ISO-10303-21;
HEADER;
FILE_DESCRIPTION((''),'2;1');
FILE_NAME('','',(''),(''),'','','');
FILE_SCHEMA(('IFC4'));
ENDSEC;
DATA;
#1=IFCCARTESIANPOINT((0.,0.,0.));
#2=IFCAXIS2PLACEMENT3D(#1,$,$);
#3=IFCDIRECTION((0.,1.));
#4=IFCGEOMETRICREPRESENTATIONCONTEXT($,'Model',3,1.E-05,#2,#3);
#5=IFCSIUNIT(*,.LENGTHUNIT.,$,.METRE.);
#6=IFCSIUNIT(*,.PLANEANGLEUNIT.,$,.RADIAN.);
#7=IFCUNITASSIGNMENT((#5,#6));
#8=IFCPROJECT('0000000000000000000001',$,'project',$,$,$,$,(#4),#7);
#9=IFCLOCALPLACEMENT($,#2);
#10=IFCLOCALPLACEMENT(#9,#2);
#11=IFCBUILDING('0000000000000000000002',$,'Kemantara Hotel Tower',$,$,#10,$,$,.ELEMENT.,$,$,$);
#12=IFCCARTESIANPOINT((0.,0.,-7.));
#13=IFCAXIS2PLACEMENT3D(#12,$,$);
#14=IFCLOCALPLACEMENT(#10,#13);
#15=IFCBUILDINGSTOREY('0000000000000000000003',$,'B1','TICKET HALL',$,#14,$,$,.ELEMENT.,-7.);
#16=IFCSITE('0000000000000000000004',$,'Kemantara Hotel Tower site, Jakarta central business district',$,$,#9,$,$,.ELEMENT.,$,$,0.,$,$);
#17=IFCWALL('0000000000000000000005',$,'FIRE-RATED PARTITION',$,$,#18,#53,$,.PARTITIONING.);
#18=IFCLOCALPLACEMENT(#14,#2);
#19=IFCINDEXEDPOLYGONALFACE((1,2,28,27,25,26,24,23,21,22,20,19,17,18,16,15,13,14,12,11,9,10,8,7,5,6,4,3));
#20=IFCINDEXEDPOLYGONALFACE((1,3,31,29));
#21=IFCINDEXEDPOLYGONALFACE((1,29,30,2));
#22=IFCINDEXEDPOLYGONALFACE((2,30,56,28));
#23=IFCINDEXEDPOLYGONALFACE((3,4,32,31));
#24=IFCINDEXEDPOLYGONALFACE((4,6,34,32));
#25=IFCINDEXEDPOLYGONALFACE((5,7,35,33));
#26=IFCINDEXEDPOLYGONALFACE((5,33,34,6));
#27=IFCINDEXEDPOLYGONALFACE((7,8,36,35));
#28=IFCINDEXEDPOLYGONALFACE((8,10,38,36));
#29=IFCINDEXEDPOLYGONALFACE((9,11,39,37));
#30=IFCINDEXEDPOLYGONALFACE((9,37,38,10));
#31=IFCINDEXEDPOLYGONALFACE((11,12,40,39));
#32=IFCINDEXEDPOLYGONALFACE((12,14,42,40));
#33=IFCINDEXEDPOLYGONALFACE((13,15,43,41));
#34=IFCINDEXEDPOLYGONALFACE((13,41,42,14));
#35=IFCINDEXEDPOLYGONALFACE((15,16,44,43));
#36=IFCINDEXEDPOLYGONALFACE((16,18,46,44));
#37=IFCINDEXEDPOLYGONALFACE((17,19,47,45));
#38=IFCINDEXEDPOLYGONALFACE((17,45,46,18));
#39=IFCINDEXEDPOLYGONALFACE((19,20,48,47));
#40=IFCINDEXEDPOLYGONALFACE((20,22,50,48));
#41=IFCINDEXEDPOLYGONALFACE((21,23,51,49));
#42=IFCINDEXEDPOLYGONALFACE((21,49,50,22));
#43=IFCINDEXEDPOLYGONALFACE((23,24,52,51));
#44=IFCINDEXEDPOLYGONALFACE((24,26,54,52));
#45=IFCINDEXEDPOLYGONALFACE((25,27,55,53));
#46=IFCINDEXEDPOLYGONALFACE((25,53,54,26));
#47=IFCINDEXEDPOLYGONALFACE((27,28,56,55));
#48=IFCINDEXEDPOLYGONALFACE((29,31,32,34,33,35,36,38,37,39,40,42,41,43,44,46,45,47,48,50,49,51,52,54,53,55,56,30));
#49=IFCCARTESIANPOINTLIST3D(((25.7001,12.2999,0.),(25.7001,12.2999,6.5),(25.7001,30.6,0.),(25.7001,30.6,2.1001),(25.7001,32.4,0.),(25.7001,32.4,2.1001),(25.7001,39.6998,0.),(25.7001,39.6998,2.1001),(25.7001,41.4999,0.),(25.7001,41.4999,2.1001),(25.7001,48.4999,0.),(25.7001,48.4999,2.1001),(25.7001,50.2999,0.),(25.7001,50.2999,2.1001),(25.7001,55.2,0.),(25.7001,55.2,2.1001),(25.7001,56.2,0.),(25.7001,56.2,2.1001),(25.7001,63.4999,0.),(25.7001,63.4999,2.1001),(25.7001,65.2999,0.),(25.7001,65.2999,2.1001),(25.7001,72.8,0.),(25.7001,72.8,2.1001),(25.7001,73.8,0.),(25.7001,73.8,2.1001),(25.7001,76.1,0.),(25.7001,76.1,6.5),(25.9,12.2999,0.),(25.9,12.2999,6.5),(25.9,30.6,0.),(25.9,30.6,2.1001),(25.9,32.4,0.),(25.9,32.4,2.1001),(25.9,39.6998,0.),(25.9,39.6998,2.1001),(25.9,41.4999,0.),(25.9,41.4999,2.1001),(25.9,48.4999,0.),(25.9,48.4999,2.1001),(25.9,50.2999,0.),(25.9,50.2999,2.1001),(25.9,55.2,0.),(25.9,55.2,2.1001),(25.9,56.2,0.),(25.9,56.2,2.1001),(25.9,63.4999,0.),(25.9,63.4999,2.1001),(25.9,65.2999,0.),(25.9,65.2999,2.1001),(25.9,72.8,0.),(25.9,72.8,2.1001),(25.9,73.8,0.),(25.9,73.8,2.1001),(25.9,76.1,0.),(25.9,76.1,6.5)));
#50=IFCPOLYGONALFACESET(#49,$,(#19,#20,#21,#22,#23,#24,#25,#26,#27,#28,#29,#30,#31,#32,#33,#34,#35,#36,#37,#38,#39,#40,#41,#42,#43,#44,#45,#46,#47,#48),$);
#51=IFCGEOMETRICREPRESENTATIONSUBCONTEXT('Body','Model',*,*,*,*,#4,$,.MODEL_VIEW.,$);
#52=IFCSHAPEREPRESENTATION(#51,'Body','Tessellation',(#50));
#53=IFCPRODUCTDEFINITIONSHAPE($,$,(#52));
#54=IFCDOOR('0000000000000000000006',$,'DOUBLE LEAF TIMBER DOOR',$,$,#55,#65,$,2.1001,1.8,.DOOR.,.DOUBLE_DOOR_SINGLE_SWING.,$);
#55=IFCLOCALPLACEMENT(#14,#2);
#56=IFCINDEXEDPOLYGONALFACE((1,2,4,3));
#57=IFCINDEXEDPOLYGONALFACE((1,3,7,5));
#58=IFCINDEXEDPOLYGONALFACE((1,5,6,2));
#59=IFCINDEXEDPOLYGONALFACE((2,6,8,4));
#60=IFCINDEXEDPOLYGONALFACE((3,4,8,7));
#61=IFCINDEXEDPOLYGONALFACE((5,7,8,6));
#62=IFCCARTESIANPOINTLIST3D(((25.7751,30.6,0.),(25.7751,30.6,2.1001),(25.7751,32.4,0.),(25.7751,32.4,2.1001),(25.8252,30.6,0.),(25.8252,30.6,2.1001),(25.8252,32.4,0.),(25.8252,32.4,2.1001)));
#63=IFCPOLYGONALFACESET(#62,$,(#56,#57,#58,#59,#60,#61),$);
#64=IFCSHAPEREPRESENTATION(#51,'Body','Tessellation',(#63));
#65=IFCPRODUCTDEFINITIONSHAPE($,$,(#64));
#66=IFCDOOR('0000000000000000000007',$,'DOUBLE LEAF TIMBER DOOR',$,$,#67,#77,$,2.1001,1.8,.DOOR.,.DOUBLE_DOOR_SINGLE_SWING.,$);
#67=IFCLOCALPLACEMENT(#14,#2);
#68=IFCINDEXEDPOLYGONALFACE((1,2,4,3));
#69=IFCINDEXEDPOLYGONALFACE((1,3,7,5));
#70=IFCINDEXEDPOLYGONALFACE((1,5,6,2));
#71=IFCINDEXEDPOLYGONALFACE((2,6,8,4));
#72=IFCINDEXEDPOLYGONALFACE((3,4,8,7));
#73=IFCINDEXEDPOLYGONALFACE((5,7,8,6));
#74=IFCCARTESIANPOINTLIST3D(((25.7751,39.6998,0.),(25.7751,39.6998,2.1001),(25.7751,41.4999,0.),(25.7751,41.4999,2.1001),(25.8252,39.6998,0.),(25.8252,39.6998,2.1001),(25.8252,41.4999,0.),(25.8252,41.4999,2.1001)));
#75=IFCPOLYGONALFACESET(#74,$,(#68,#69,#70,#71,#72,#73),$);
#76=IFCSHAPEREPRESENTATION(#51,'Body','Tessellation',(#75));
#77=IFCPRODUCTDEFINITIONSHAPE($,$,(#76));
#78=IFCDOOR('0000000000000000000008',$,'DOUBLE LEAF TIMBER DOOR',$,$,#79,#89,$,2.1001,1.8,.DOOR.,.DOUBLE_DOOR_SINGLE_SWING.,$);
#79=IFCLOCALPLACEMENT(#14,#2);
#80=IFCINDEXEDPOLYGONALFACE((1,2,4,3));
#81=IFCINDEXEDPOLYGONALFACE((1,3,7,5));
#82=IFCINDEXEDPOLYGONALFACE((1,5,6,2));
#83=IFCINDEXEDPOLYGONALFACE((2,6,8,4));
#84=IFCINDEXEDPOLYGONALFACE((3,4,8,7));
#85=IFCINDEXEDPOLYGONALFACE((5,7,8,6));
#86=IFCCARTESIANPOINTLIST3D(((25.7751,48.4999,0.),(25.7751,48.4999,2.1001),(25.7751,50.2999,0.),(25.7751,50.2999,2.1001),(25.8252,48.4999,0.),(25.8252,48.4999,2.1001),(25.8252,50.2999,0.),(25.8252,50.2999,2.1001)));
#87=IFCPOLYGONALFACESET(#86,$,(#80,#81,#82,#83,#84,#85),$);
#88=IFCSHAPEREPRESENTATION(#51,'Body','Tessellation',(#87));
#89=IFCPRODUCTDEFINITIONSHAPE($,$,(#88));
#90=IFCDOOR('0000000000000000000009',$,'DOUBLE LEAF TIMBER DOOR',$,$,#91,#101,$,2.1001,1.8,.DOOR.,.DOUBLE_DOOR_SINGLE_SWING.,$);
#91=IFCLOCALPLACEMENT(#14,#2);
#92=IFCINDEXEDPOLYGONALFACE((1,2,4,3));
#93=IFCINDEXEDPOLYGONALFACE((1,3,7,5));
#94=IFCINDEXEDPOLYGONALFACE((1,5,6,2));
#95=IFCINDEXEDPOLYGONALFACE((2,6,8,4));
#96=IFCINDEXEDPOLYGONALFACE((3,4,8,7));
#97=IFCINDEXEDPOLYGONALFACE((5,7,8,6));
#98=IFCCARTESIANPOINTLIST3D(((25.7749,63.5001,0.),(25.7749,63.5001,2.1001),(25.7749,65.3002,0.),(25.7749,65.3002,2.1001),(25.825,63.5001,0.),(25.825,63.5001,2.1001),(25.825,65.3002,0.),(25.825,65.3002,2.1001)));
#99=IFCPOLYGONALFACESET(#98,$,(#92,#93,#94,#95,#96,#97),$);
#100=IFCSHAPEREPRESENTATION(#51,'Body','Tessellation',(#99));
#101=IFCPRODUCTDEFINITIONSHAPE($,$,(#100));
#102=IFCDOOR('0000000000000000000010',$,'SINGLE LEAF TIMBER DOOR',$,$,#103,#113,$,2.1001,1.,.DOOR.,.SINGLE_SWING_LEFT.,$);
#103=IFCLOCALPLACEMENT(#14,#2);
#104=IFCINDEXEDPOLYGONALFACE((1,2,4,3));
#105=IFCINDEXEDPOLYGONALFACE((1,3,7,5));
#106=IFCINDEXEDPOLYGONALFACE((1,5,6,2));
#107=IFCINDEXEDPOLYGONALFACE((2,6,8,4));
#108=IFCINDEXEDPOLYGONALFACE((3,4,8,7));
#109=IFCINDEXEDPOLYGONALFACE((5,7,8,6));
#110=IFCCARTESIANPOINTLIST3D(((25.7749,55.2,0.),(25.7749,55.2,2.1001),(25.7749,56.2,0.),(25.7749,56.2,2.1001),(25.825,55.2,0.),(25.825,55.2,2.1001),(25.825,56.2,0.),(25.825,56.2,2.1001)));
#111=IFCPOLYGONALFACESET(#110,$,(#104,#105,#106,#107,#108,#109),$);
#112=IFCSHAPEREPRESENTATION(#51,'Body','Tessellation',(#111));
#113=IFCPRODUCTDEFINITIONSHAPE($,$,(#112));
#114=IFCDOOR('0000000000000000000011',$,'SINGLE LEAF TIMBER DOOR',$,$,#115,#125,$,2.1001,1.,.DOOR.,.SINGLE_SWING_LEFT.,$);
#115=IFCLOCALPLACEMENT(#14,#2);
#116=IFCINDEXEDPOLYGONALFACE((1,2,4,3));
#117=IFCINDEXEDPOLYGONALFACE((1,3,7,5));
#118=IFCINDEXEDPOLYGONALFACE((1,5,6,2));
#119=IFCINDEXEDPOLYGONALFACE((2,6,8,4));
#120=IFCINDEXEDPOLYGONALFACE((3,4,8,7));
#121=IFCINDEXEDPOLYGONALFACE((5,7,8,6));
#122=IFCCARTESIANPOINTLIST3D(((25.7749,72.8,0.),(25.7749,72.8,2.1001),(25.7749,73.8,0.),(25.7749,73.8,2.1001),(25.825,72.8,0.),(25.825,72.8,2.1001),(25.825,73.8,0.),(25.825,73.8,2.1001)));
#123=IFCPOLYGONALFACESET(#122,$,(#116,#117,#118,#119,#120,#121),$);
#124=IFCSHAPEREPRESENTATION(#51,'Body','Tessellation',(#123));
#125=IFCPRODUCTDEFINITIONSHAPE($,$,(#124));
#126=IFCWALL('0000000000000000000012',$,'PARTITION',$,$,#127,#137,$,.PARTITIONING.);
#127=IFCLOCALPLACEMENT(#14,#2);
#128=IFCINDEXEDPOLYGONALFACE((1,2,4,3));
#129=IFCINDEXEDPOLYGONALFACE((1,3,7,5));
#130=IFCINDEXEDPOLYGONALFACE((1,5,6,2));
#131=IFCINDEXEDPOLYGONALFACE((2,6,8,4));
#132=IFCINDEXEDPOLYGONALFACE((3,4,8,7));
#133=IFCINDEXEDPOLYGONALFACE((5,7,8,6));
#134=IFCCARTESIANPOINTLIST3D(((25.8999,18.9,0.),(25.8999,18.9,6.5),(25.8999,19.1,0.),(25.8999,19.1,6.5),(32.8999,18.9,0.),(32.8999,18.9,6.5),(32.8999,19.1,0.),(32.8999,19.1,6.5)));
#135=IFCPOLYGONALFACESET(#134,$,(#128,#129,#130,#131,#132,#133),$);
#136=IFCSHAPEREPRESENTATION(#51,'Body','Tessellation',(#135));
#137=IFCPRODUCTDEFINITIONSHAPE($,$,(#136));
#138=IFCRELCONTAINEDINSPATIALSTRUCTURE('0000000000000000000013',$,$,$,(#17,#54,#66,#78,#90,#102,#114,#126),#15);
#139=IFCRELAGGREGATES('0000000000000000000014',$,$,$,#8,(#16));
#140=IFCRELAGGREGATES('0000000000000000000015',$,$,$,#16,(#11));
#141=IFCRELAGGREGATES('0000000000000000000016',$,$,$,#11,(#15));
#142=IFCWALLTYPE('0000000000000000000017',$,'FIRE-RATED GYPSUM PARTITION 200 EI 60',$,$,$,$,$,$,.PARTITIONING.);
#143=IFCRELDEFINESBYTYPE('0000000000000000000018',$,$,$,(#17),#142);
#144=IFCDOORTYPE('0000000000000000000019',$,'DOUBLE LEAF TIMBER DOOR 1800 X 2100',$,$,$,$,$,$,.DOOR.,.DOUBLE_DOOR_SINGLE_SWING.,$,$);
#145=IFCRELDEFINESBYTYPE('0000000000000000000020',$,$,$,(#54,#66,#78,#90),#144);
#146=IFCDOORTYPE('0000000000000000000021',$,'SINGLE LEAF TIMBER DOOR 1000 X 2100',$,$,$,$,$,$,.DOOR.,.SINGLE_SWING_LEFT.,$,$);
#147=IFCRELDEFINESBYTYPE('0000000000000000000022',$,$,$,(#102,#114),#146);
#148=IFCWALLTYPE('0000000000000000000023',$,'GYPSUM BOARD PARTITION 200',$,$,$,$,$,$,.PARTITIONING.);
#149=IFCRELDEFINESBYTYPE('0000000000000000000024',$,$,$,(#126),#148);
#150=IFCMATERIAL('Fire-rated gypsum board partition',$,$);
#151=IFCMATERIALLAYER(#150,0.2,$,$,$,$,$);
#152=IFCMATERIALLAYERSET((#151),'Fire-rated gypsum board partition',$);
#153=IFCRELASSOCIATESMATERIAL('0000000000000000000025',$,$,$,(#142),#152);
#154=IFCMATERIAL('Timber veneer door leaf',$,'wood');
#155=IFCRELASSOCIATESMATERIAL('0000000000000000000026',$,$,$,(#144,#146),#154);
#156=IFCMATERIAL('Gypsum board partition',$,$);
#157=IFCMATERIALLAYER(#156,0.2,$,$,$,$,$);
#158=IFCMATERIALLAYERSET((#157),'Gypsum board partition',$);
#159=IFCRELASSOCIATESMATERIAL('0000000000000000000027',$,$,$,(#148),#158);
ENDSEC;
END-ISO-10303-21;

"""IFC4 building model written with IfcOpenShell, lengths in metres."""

from ifc_helpers import new_model, si_unit, direction, frame, frame_2d, origin, place, context, subcontext, project, spatial, rectangle, extrude, material, layer, layer_set, type_object, element, fill, save


model = new_model("IFC4")

# Units and contexts
model_context = context("Model", 3, precision=1e-05, world=origin(), true_north=direction((0.0, 1.0)))
body_context = subcontext(model_context, "Body", "Model", "MODEL_VIEW")
ifc_project = project(units=[si_unit("LENGTHUNIT", "METRE"), si_unit("PLANEANGLEUNIT", "RADIAN")], contexts=[model_context])

# Site, building, storey
site_placement = place(None, origin())
site = spatial("IfcSite", under=ifc_project, at=site_placement, Name="Kemantara Hotel Tower site, Jakarta central business district", CompositionType="ELEMENT", RefElevation=0.0)
building_placement = place(site_placement, origin())
building = spatial("IfcBuilding", under=site, at=building_placement, Name="Kemantara Hotel Tower", CompositionType="ELEMENT")
storey_placement = place(building_placement, frame((0.0, 0.0, -7.0)))
storey = spatial("IfcBuildingStorey", under=building, at=storey_placement, Name="B1", Description="TICKET HALL", CompositionType="ELEMENT", Elevation=-7.0)

# Shared definitions
ifc_material_1 = material(Name="Fire-rated gypsum board partition")
ifc_layer_1 = layer(ifc_material_1, 0.2)
ifc_layer_set_1 = layer_set([ifc_layer_1], Name="Fire-rated gypsum board partition")
wall_type_1 = type_object("IfcWallType", Name="FIRE-RATED GYPSUM PARTITION 200 EI 60", PredefinedType="PARTITIONING", material=ifc_layer_set_1)

# Wall, openings, doors
wall_1_placement = place(storey_placement, frame((25.8, 12.3, 0.0), z_axis=(0.0, 0.0, 1.0), x_axis=(0.0, 1.0, 0.0)))
wall_1 = element("IfcWall", 1, at=wall_1_placement, inside=storey, type_object=wall_type_1, Name="FIRE-RATED PARTITION", PredefinedType="PARTITIONING", context=body_context, shape_type="SweptSolid", body=[
    extrude(rectangle(XDim=63.8, YDim=0.2, at=frame_2d((31.8999, 0.0))), origin(), (0.0, 0.0, 1.0), 6.5),
])
opening_1_placement = place(wall_1_placement, frame((18.3, 0.0, 0.0)))
opening_1 = element("IfcOpeningElement", 2, at=opening_1_placement, cuts=wall_1, PredefinedType="OPENING", context=body_context, shape_type="SweptSolid", body=[
    extrude(rectangle(XDim=1.8, YDim=2.1001, at=frame_2d((0.8999, 1.05))), frame((0.0, 0.1099, 0.0), z_axis=(0.0, -1.0, 0.0), x_axis=(1.0, 0.0, 0.0)), (0.0, 0.0, 1.0), 0.22),
])
opening_2_placement = place(wall_1_placement, frame((27.3999, 0.0, 0.0)))
opening_2 = element("IfcOpeningElement", 3, at=opening_2_placement, cuts=wall_1, PredefinedType="OPENING", context=body_context, shape_type="SweptSolid", body=[
    extrude(rectangle(XDim=1.8, YDim=2.1001, at=frame_2d((0.8999, 1.05))), frame((0.0, 0.1099, 0.0), z_axis=(0.0, -1.0, 0.0), x_axis=(1.0, 0.0, 0.0)), (0.0, 0.0, 1.0), 0.22),
])
opening_3_placement = place(wall_1_placement, frame((36.2, 0.0, 0.0)))
opening_3 = element("IfcOpeningElement", 4, at=opening_3_placement, cuts=wall_1, PredefinedType="OPENING", context=body_context, shape_type="SweptSolid", body=[
    extrude(rectangle(XDim=1.8, YDim=2.1001, at=frame_2d((0.8999, 1.05))), frame((0.0, 0.1099, 0.0), z_axis=(0.0, -1.0, 0.0), x_axis=(1.0, 0.0, 0.0)), (0.0, 0.0, 1.0), 0.22),
])
opening_4_placement = place(wall_1_placement, frame((42.8999, 0.0, 0.0)))
opening_4 = element("IfcOpeningElement", 5, at=opening_4_placement, cuts=wall_1, PredefinedType="OPENING", context=body_context, shape_type="SweptSolid", body=[
    extrude(rectangle(XDim=1.0, YDim=2.1001, at=frame_2d((0.5, 1.05))), frame((0.0, 0.1099, 0.0), z_axis=(0.0, -1.0, 0.0), x_axis=(1.0, 0.0, 0.0)), (0.0, 0.0, 1.0), 0.22),
])
opening_5_placement = place(wall_1_placement, frame((51.2, 0.0, 0.0)))
opening_5 = element("IfcOpeningElement", 6, at=opening_5_placement, cuts=wall_1, PredefinedType="OPENING", context=body_context, shape_type="SweptSolid", body=[
    extrude(rectangle(XDim=1.8, YDim=2.1001, at=frame_2d((0.8999, 1.05))), frame((0.0, 0.1099, 0.0), z_axis=(0.0, -1.0, 0.0), x_axis=(1.0, 0.0, 0.0)), (0.0, 0.0, 1.0), 0.22),
])
opening_6_placement = place(wall_1_placement, frame((60.5, 0.0, 0.0)))
opening_6 = element("IfcOpeningElement", 7, at=opening_6_placement, cuts=wall_1, PredefinedType="OPENING", context=body_context, shape_type="SweptSolid", body=[
    extrude(rectangle(XDim=1.0, YDim=2.1001, at=frame_2d((0.5, 1.05))), frame((0.0, 0.1099, 0.0), z_axis=(0.0, -1.0, 0.0), x_axis=(1.0, 0.0, 0.0)), (0.0, 0.0, 1.0), 0.22),
])
ifc_material_2 = material(Name="Timber veneer door leaf", Category="wood")
door_type_1 = type_object("IfcDoorType", Name="DOUBLE LEAF TIMBER DOOR 1800 X 2100", OperationType="DOUBLE_DOOR_SINGLE_SWING", PredefinedType="DOOR", material=ifc_material_2)
door_1_placement = place(opening_1_placement, origin())
door_1 = element("IfcDoor", 8, at=door_1_placement, inside=storey, type_object=door_type_1, Name="DOUBLE LEAF TIMBER DOOR", OperationType="DOUBLE_DOOR_SINGLE_SWING", OverallHeight=2.1001, OverallWidth=1.8, PredefinedType="DOOR", context=body_context, shape_type="SweptSolid", body=[
    extrude(rectangle(XDim=1.8, YDim=2.1001, at=frame_2d((0.8999, 1.05))), frame((0.0, 0.0249, 0.0), z_axis=(0.0, -1.0, 0.0), x_axis=(1.0, 0.0, 0.0)), (0.0, 0.0, 1.0), 0.05),
])
fill(opening_1, door_1)
door_2_placement = place(opening_2_placement, origin())
door_2 = element("IfcDoor", 9, at=door_2_placement, inside=storey, type_object=door_type_1, Name="DOUBLE LEAF TIMBER DOOR", OperationType="DOUBLE_DOOR_SINGLE_SWING", OverallHeight=2.1001, OverallWidth=1.8, PredefinedType="DOOR", context=body_context, shape_type="SweptSolid", body=[
    extrude(rectangle(XDim=1.8, YDim=2.1001, at=frame_2d((0.8999, 1.05))), frame((0.0, 0.0249, 0.0), z_axis=(0.0, -1.0, 0.0), x_axis=(1.0, 0.0, 0.0)), (0.0, 0.0, 1.0), 0.05),
])
fill(opening_2, door_2)
door_3_placement = place(opening_3_placement, origin())
door_3 = element("IfcDoor", 10, at=door_3_placement, inside=storey, type_object=door_type_1, Name="DOUBLE LEAF TIMBER DOOR", OperationType="DOUBLE_DOOR_SINGLE_SWING", OverallHeight=2.1001, OverallWidth=1.8, PredefinedType="DOOR", context=body_context, shape_type="SweptSolid", body=[
    extrude(rectangle(XDim=1.8, YDim=2.1001, at=frame_2d((0.8999, 1.05))), frame((0.0, 0.0249, 0.0), z_axis=(0.0, -1.0, 0.0), x_axis=(1.0, 0.0, 0.0)), (0.0, 0.0, 1.0), 0.05),
])
fill(opening_3, door_3)
door_4_placement = place(opening_5_placement, frame((1.8, 0.0, 0.0), z_axis=(0.0, 0.0, 1.0), x_axis=(-1.0, 0.0, 0.0)))
door_4 = element("IfcDoor", 11, at=door_4_placement, inside=storey, type_object=door_type_1, Name="DOUBLE LEAF TIMBER DOOR", OperationType="DOUBLE_DOOR_SINGLE_SWING", OverallHeight=2.1001, OverallWidth=1.8, PredefinedType="DOOR", context=body_context, shape_type="SweptSolid", body=[
    extrude(rectangle(XDim=1.8, YDim=2.1001, at=frame_2d((0.8999, 1.05))), frame((0.0, 0.0249, 0.0), z_axis=(0.0, -1.0, 0.0), x_axis=(1.0, 0.0, 0.0)), (0.0, 0.0, 1.0), 0.05),
])
fill(opening_5, door_4)
door_type_2 = type_object("IfcDoorType", Name="SINGLE LEAF TIMBER DOOR 1000 X 2100", OperationType="SINGLE_SWING_LEFT", PredefinedType="DOOR", material=ifc_material_2)
door_5_placement = place(opening_4_placement, frame((1.0, 0.0, 0.0), z_axis=(0.0, 0.0, 1.0), x_axis=(-1.0, 0.0, 0.0)))
door_5 = element("IfcDoor", 12, at=door_5_placement, inside=storey, type_object=door_type_2, Name="SINGLE LEAF TIMBER DOOR", OperationType="SINGLE_SWING_LEFT", OverallHeight=2.1001, OverallWidth=1.0, PredefinedType="DOOR", context=body_context, shape_type="SweptSolid", body=[
    extrude(rectangle(XDim=1.0, YDim=2.1001, at=frame_2d((0.5, 1.05))), frame((0.0, 0.0249, 0.0), z_axis=(0.0, -1.0, 0.0), x_axis=(1.0, 0.0, 0.0)), (0.0, 0.0, 1.0), 0.05),
])
fill(opening_4, door_5)
door_6_placement = place(opening_6_placement, frame((1.0, 0.0, 0.0), z_axis=(0.0, 0.0, 1.0), x_axis=(-1.0, 0.0, 0.0)))
door_6 = element("IfcDoor", 13, at=door_6_placement, inside=storey, type_object=door_type_2, Name="SINGLE LEAF TIMBER DOOR", OperationType="SINGLE_SWING_LEFT", OverallHeight=2.1001, OverallWidth=1.0, PredefinedType="DOOR", context=body_context, shape_type="SweptSolid", body=[
    extrude(rectangle(XDim=1.0, YDim=2.1001, at=frame_2d((0.5, 1.05))), frame((0.0, 0.0249, 0.0), z_axis=(0.0, -1.0, 0.0), x_axis=(1.0, 0.0, 0.0)), (0.0, 0.0, 1.0), 0.05),
])
fill(opening_6, door_6)

# Wall
ifc_material_3 = material(Name="Gypsum board partition")
ifc_layer_2 = layer(ifc_material_3, 0.2)
ifc_layer_set_2 = layer_set([ifc_layer_2], Name="Gypsum board partition")
wall_type_2 = type_object("IfcWallType", Name="GYPSUM BOARD PARTITION 200", PredefinedType="PARTITIONING", material=ifc_layer_set_2)
wall_2_placement = place(storey_placement, frame((25.8999, 19.0, 0.0), z_axis=(0.0, 0.0, 1.0), x_axis=(1.0, 0.0, 0.0)))
element("IfcWall", 14, at=wall_2_placement, inside=storey, type_object=wall_type_2, Name="PARTITION", PredefinedType="PARTITIONING", context=body_context, shape_type="SweptSolid", body=[
    extrude(rectangle(XDim=7.0, YDim=0.2, at=frame_2d((3.5, 0.0))), origin(), (0.0, 0.0, 1.0), 6.5),
])

save(model, "model.ifc")
